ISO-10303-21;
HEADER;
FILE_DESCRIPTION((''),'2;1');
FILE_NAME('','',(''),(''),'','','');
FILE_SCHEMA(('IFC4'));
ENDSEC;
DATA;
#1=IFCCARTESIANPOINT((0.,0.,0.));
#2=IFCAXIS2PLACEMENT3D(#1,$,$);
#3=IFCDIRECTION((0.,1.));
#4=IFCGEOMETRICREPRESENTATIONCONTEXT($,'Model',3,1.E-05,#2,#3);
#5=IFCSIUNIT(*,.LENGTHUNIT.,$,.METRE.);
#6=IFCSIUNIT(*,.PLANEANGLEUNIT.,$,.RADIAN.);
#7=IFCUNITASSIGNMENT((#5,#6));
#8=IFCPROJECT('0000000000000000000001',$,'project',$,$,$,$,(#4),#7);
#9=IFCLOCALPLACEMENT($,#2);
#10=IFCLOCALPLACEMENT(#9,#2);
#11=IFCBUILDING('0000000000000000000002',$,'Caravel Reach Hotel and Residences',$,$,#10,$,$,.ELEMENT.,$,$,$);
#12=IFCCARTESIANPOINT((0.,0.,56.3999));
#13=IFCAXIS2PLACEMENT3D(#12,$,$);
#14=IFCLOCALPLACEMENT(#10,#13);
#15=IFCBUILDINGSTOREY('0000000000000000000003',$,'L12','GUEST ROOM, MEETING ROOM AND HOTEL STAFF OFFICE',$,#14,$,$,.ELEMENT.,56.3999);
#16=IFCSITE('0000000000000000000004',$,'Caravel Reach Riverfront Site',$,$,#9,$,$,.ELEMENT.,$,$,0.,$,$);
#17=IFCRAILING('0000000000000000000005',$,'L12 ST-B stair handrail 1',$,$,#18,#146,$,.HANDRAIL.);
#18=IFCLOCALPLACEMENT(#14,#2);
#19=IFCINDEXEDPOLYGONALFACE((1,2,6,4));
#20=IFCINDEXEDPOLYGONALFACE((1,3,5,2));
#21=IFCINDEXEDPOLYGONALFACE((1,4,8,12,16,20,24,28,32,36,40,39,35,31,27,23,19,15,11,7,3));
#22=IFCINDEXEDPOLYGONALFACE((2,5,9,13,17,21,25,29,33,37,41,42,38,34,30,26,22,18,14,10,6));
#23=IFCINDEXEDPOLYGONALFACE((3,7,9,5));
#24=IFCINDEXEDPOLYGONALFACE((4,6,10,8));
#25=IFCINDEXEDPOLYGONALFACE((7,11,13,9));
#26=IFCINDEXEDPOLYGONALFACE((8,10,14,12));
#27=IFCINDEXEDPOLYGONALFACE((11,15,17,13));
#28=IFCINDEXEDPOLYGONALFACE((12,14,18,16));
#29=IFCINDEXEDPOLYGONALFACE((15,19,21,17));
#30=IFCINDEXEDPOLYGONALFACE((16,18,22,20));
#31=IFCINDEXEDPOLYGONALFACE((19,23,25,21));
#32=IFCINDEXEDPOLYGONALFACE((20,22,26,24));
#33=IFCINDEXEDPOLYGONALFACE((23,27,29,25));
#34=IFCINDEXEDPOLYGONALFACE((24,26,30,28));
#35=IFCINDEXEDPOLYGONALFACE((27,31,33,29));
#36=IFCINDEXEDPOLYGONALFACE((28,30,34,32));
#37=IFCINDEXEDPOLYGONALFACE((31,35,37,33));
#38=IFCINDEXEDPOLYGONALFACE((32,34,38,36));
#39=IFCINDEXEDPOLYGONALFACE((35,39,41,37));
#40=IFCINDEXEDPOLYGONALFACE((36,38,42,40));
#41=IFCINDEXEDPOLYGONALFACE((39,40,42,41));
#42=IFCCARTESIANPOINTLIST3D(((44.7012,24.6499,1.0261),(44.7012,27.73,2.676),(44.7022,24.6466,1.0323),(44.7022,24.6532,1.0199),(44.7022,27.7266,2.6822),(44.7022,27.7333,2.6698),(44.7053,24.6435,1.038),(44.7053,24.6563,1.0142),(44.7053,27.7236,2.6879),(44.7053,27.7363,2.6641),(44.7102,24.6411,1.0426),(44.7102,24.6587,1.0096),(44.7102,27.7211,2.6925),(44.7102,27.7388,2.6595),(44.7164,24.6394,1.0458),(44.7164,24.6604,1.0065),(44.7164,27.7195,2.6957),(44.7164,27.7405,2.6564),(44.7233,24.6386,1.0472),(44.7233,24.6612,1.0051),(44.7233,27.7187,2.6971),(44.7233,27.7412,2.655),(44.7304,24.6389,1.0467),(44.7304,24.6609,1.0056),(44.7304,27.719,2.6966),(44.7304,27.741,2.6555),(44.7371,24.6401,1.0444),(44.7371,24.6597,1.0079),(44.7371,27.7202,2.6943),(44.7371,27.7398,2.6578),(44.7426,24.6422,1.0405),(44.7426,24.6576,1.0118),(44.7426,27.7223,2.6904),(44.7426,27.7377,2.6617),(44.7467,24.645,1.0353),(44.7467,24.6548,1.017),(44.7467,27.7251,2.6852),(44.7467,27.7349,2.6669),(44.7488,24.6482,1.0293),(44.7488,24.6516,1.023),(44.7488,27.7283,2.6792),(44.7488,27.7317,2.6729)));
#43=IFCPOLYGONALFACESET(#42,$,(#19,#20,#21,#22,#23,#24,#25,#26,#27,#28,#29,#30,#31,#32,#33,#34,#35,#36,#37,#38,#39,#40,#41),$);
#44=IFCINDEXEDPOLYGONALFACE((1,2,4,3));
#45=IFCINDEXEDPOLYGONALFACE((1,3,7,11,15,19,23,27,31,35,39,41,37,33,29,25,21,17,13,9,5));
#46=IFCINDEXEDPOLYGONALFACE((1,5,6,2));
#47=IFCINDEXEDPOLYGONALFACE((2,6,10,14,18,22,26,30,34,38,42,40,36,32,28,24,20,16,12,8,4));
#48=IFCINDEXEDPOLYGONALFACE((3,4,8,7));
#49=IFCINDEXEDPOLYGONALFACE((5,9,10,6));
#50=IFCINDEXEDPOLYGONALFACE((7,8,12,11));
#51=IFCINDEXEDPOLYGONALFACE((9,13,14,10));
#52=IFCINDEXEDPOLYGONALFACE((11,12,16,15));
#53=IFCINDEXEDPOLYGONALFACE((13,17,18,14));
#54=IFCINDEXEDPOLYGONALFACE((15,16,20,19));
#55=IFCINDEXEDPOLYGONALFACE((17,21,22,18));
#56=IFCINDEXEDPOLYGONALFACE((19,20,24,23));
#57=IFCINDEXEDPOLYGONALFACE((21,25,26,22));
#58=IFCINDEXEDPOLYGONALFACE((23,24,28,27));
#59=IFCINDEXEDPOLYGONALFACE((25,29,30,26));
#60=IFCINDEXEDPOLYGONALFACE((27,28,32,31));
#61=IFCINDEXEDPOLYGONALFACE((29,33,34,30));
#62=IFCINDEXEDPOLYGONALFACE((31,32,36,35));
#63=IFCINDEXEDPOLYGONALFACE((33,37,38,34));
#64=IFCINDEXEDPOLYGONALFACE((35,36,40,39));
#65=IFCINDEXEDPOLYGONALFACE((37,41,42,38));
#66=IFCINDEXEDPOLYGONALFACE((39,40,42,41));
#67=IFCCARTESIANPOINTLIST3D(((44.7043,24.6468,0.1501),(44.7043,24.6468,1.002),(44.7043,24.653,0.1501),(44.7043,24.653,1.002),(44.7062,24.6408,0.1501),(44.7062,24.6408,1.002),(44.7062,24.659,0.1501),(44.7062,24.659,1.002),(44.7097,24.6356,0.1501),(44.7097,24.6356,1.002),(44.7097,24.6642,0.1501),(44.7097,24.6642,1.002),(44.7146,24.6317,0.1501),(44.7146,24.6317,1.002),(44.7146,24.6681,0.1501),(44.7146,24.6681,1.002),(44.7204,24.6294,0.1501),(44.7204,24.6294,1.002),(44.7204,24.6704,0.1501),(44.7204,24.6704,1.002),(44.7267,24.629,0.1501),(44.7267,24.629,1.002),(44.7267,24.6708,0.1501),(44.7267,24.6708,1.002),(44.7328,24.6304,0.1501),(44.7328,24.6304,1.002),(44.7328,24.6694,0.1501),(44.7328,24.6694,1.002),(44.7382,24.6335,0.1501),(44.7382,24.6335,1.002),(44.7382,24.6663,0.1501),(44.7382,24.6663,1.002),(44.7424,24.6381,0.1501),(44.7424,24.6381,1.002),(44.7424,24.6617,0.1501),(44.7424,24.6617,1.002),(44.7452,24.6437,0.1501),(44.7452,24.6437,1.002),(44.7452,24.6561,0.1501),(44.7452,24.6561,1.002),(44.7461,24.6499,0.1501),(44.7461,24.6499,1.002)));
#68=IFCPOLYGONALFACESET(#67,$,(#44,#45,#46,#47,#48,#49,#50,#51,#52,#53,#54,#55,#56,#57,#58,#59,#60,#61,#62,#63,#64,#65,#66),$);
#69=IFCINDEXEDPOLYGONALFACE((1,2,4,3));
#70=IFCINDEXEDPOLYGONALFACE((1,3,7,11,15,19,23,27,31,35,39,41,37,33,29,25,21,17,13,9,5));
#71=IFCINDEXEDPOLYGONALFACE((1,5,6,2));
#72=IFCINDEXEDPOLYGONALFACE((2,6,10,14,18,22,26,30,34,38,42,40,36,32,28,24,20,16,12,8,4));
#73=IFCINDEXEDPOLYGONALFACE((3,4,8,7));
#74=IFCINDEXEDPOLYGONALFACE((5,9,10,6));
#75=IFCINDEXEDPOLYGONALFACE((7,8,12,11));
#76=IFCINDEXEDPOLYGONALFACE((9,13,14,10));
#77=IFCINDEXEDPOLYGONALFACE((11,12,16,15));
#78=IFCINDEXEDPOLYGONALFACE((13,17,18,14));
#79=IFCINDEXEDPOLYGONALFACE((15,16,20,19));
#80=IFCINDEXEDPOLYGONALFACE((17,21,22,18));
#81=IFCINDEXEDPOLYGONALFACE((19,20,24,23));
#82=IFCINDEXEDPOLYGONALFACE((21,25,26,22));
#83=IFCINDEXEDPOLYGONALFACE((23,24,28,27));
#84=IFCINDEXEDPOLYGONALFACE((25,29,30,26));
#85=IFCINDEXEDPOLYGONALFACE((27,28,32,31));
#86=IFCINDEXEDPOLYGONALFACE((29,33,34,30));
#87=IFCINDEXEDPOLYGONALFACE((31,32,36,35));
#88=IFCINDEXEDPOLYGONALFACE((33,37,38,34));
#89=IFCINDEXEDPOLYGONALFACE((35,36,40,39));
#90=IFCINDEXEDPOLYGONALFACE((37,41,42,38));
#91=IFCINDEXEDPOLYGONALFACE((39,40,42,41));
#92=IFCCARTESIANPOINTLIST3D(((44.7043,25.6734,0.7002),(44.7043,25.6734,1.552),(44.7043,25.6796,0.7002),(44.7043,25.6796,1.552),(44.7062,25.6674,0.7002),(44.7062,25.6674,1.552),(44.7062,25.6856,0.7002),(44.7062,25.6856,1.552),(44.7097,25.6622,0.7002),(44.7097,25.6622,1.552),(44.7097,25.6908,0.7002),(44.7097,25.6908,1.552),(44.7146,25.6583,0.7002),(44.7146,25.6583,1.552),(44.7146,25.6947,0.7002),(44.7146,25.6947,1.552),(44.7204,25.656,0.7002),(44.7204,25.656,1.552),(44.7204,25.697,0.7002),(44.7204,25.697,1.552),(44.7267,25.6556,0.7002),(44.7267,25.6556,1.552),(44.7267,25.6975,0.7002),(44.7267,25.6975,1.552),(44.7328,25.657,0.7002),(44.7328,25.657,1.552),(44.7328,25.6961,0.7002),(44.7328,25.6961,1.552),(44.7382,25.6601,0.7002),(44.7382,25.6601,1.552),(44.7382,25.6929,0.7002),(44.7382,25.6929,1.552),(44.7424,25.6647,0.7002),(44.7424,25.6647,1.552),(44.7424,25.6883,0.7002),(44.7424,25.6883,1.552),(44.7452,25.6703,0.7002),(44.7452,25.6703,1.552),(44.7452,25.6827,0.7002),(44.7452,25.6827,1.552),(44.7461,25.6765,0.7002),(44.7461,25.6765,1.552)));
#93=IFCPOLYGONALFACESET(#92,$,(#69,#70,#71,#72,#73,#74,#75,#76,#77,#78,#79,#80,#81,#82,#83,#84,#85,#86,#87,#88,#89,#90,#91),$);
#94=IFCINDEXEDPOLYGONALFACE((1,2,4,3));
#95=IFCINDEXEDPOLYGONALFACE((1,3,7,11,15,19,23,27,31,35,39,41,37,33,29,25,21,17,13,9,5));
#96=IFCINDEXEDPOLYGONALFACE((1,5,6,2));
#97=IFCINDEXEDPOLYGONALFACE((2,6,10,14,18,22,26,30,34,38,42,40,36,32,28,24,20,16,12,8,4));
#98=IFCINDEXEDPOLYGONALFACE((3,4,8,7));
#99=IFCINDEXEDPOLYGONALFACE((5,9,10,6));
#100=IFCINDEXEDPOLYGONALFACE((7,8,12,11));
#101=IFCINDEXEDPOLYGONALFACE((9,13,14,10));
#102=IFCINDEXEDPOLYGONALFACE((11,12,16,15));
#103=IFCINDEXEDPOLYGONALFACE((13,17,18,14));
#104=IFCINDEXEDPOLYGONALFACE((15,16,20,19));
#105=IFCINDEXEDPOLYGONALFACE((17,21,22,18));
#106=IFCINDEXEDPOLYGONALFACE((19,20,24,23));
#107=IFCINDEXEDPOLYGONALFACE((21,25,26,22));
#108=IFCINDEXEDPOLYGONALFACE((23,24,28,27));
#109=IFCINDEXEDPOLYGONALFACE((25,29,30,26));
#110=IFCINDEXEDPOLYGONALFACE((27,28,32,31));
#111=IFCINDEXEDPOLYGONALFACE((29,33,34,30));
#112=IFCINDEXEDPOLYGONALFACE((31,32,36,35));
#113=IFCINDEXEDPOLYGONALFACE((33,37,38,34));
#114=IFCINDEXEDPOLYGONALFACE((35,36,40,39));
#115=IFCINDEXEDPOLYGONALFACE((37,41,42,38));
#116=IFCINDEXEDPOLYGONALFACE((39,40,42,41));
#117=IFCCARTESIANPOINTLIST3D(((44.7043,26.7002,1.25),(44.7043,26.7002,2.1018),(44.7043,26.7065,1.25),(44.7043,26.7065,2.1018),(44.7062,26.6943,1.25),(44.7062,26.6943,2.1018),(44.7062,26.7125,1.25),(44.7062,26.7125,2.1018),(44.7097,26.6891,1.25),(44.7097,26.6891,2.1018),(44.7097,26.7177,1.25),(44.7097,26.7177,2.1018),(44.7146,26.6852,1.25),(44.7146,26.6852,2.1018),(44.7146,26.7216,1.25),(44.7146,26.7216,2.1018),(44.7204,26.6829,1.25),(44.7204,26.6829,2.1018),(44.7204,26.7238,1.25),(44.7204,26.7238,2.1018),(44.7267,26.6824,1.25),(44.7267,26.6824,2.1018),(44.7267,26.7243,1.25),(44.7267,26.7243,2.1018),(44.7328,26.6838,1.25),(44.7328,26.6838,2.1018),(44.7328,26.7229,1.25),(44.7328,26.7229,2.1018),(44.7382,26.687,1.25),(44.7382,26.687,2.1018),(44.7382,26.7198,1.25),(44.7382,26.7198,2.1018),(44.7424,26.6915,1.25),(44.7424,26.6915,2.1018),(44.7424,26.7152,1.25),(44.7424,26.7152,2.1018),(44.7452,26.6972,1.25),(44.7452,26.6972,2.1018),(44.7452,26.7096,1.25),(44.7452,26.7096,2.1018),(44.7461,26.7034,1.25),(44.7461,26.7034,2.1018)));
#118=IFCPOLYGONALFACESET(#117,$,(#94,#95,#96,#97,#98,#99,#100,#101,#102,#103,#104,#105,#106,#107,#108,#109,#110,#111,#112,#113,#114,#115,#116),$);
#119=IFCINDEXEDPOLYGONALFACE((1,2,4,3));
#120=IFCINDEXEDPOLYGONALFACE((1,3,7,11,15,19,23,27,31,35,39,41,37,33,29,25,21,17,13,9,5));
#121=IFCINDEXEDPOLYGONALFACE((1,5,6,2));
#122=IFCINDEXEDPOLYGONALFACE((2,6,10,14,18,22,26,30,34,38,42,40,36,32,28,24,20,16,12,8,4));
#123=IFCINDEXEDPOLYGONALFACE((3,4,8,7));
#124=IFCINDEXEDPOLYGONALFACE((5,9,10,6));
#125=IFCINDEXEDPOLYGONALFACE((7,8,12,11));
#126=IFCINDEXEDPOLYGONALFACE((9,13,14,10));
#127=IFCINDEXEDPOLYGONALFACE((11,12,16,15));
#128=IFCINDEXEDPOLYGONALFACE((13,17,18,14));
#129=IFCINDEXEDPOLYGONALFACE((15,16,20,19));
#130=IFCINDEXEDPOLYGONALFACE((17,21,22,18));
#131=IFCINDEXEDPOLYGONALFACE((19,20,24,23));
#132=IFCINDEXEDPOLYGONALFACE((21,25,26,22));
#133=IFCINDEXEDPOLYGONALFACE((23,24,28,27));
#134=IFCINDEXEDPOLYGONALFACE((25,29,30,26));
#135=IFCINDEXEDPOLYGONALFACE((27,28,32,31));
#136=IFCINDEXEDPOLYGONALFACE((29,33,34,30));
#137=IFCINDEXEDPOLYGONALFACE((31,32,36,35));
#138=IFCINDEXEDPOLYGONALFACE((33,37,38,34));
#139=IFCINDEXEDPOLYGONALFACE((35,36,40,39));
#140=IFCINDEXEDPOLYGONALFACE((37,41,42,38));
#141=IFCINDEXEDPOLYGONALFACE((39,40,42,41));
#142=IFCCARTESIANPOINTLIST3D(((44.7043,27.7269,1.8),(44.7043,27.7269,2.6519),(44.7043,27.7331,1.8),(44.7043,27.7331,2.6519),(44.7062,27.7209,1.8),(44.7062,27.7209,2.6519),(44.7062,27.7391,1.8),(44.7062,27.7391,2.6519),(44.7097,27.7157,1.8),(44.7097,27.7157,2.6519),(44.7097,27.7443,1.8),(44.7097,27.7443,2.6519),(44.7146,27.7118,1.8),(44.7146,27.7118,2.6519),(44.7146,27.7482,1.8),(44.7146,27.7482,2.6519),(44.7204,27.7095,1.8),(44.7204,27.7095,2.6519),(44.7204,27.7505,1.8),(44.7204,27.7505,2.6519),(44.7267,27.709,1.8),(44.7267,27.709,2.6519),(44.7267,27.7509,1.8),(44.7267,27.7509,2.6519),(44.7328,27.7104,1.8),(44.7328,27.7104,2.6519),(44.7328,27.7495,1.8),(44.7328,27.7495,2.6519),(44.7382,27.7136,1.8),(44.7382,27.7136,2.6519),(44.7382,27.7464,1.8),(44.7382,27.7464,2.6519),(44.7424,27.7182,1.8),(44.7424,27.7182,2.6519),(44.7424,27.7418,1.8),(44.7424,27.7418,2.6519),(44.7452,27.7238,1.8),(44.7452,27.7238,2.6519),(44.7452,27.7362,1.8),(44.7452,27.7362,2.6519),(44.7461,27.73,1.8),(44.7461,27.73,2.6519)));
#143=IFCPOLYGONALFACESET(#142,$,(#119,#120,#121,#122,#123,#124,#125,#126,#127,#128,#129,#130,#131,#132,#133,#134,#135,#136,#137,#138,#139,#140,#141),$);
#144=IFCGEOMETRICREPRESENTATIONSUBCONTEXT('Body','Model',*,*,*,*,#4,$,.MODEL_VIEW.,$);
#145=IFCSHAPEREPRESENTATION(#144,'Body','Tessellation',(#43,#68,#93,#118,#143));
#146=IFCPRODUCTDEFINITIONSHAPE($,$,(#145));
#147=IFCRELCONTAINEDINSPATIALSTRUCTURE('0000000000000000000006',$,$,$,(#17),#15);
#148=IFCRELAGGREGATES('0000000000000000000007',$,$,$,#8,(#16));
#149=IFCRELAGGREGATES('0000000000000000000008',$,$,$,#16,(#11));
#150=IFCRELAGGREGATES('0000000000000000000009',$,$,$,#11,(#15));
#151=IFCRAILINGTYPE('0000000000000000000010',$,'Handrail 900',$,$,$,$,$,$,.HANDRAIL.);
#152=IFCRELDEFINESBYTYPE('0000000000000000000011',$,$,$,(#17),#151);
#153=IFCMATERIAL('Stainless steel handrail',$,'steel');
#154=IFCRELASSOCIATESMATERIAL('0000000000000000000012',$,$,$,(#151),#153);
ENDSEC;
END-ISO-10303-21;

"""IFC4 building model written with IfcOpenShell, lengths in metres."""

from ifc_helpers import new_model, si_unit, direction, frame, origin, origin_2d, place, context, subcontext, project, spatial, circle, extrude, material, type_object, element, save


model = new_model("IFC4")

# Units and contexts
model_context = context("Model", 3, precision=1e-05, world=origin(), true_north=direction((0.0, 1.0)))
body_context = subcontext(model_context, "Body", "Model", "MODEL_VIEW")
ifc_project = project(units=[si_unit("LENGTHUNIT", "METRE"), si_unit("PLANEANGLEUNIT", "RADIAN")], contexts=[model_context])

# Site, building, storey
site_placement = place(None, origin())
site = spatial("IfcSite", under=ifc_project, at=site_placement, Name="Caravel Reach Riverfront Site", CompositionType="ELEMENT", RefElevation=0.0)
building_placement = place(site_placement, origin())
building = spatial("IfcBuilding", under=site, at=building_placement, Name="Caravel Reach Hotel and Residences", CompositionType="ELEMENT")
storey_placement = place(building_placement, frame((0.0, 0.0, 56.3999)))
storey = spatial("IfcBuildingStorey", under=building, at=storey_placement, Name="L12", Description="GUEST ROOM, MEETING ROOM AND HOTEL STAFF OFFICE", CompositionType="ELEMENT", Elevation=56.3999)

# Railing
ifc_material_1 = material(Name="Stainless steel handrail", Category="steel")
railing_type_1 = type_object("IfcRailingType", Name="Handrail 900", PredefinedType="HANDRAIL", material=ifc_material_1)
railing_1_placement = place(storey_placement, frame((44.7251, 24.6499, 0.1501)))
element("IfcRailing", 1, at=railing_1_placement, inside=storey, type_object=railing_type_1, Name="L12 ST-B stair handrail 1", PredefinedType="HANDRAIL", context=body_context, shape_type="SweptSolid", body=[
    extrude(circle(Radius=0.0239, at=origin_2d()), frame((0.0, 0.0, 0.876), z_axis=(0.0, 0.881497, 0.47219), x_axis=(-1.0, 0.0, 0.0)), (0.0, 0.0, 1.0), 3.4941),
    extrude(circle(Radius=0.021, at=origin_2d()), origin(), (0.0, 0.0, 1.0), 0.8518),
    extrude(circle(Radius=0.021, at=origin_2d()), frame((0.0, 1.0266, 0.55)), (0.0, 0.0, 1.0), 0.8518),
    extrude(circle(Radius=0.021, at=origin_2d()), frame((0.0, 2.0535, 1.0999)), (0.0, 0.0, 1.0), 0.8518),
    extrude(circle(Radius=0.021, at=origin_2d()), frame((0.0, 3.0801, 1.6499)), (0.0, 0.0, 1.0), 0.8518),
])

save(model, "model.ifc")
